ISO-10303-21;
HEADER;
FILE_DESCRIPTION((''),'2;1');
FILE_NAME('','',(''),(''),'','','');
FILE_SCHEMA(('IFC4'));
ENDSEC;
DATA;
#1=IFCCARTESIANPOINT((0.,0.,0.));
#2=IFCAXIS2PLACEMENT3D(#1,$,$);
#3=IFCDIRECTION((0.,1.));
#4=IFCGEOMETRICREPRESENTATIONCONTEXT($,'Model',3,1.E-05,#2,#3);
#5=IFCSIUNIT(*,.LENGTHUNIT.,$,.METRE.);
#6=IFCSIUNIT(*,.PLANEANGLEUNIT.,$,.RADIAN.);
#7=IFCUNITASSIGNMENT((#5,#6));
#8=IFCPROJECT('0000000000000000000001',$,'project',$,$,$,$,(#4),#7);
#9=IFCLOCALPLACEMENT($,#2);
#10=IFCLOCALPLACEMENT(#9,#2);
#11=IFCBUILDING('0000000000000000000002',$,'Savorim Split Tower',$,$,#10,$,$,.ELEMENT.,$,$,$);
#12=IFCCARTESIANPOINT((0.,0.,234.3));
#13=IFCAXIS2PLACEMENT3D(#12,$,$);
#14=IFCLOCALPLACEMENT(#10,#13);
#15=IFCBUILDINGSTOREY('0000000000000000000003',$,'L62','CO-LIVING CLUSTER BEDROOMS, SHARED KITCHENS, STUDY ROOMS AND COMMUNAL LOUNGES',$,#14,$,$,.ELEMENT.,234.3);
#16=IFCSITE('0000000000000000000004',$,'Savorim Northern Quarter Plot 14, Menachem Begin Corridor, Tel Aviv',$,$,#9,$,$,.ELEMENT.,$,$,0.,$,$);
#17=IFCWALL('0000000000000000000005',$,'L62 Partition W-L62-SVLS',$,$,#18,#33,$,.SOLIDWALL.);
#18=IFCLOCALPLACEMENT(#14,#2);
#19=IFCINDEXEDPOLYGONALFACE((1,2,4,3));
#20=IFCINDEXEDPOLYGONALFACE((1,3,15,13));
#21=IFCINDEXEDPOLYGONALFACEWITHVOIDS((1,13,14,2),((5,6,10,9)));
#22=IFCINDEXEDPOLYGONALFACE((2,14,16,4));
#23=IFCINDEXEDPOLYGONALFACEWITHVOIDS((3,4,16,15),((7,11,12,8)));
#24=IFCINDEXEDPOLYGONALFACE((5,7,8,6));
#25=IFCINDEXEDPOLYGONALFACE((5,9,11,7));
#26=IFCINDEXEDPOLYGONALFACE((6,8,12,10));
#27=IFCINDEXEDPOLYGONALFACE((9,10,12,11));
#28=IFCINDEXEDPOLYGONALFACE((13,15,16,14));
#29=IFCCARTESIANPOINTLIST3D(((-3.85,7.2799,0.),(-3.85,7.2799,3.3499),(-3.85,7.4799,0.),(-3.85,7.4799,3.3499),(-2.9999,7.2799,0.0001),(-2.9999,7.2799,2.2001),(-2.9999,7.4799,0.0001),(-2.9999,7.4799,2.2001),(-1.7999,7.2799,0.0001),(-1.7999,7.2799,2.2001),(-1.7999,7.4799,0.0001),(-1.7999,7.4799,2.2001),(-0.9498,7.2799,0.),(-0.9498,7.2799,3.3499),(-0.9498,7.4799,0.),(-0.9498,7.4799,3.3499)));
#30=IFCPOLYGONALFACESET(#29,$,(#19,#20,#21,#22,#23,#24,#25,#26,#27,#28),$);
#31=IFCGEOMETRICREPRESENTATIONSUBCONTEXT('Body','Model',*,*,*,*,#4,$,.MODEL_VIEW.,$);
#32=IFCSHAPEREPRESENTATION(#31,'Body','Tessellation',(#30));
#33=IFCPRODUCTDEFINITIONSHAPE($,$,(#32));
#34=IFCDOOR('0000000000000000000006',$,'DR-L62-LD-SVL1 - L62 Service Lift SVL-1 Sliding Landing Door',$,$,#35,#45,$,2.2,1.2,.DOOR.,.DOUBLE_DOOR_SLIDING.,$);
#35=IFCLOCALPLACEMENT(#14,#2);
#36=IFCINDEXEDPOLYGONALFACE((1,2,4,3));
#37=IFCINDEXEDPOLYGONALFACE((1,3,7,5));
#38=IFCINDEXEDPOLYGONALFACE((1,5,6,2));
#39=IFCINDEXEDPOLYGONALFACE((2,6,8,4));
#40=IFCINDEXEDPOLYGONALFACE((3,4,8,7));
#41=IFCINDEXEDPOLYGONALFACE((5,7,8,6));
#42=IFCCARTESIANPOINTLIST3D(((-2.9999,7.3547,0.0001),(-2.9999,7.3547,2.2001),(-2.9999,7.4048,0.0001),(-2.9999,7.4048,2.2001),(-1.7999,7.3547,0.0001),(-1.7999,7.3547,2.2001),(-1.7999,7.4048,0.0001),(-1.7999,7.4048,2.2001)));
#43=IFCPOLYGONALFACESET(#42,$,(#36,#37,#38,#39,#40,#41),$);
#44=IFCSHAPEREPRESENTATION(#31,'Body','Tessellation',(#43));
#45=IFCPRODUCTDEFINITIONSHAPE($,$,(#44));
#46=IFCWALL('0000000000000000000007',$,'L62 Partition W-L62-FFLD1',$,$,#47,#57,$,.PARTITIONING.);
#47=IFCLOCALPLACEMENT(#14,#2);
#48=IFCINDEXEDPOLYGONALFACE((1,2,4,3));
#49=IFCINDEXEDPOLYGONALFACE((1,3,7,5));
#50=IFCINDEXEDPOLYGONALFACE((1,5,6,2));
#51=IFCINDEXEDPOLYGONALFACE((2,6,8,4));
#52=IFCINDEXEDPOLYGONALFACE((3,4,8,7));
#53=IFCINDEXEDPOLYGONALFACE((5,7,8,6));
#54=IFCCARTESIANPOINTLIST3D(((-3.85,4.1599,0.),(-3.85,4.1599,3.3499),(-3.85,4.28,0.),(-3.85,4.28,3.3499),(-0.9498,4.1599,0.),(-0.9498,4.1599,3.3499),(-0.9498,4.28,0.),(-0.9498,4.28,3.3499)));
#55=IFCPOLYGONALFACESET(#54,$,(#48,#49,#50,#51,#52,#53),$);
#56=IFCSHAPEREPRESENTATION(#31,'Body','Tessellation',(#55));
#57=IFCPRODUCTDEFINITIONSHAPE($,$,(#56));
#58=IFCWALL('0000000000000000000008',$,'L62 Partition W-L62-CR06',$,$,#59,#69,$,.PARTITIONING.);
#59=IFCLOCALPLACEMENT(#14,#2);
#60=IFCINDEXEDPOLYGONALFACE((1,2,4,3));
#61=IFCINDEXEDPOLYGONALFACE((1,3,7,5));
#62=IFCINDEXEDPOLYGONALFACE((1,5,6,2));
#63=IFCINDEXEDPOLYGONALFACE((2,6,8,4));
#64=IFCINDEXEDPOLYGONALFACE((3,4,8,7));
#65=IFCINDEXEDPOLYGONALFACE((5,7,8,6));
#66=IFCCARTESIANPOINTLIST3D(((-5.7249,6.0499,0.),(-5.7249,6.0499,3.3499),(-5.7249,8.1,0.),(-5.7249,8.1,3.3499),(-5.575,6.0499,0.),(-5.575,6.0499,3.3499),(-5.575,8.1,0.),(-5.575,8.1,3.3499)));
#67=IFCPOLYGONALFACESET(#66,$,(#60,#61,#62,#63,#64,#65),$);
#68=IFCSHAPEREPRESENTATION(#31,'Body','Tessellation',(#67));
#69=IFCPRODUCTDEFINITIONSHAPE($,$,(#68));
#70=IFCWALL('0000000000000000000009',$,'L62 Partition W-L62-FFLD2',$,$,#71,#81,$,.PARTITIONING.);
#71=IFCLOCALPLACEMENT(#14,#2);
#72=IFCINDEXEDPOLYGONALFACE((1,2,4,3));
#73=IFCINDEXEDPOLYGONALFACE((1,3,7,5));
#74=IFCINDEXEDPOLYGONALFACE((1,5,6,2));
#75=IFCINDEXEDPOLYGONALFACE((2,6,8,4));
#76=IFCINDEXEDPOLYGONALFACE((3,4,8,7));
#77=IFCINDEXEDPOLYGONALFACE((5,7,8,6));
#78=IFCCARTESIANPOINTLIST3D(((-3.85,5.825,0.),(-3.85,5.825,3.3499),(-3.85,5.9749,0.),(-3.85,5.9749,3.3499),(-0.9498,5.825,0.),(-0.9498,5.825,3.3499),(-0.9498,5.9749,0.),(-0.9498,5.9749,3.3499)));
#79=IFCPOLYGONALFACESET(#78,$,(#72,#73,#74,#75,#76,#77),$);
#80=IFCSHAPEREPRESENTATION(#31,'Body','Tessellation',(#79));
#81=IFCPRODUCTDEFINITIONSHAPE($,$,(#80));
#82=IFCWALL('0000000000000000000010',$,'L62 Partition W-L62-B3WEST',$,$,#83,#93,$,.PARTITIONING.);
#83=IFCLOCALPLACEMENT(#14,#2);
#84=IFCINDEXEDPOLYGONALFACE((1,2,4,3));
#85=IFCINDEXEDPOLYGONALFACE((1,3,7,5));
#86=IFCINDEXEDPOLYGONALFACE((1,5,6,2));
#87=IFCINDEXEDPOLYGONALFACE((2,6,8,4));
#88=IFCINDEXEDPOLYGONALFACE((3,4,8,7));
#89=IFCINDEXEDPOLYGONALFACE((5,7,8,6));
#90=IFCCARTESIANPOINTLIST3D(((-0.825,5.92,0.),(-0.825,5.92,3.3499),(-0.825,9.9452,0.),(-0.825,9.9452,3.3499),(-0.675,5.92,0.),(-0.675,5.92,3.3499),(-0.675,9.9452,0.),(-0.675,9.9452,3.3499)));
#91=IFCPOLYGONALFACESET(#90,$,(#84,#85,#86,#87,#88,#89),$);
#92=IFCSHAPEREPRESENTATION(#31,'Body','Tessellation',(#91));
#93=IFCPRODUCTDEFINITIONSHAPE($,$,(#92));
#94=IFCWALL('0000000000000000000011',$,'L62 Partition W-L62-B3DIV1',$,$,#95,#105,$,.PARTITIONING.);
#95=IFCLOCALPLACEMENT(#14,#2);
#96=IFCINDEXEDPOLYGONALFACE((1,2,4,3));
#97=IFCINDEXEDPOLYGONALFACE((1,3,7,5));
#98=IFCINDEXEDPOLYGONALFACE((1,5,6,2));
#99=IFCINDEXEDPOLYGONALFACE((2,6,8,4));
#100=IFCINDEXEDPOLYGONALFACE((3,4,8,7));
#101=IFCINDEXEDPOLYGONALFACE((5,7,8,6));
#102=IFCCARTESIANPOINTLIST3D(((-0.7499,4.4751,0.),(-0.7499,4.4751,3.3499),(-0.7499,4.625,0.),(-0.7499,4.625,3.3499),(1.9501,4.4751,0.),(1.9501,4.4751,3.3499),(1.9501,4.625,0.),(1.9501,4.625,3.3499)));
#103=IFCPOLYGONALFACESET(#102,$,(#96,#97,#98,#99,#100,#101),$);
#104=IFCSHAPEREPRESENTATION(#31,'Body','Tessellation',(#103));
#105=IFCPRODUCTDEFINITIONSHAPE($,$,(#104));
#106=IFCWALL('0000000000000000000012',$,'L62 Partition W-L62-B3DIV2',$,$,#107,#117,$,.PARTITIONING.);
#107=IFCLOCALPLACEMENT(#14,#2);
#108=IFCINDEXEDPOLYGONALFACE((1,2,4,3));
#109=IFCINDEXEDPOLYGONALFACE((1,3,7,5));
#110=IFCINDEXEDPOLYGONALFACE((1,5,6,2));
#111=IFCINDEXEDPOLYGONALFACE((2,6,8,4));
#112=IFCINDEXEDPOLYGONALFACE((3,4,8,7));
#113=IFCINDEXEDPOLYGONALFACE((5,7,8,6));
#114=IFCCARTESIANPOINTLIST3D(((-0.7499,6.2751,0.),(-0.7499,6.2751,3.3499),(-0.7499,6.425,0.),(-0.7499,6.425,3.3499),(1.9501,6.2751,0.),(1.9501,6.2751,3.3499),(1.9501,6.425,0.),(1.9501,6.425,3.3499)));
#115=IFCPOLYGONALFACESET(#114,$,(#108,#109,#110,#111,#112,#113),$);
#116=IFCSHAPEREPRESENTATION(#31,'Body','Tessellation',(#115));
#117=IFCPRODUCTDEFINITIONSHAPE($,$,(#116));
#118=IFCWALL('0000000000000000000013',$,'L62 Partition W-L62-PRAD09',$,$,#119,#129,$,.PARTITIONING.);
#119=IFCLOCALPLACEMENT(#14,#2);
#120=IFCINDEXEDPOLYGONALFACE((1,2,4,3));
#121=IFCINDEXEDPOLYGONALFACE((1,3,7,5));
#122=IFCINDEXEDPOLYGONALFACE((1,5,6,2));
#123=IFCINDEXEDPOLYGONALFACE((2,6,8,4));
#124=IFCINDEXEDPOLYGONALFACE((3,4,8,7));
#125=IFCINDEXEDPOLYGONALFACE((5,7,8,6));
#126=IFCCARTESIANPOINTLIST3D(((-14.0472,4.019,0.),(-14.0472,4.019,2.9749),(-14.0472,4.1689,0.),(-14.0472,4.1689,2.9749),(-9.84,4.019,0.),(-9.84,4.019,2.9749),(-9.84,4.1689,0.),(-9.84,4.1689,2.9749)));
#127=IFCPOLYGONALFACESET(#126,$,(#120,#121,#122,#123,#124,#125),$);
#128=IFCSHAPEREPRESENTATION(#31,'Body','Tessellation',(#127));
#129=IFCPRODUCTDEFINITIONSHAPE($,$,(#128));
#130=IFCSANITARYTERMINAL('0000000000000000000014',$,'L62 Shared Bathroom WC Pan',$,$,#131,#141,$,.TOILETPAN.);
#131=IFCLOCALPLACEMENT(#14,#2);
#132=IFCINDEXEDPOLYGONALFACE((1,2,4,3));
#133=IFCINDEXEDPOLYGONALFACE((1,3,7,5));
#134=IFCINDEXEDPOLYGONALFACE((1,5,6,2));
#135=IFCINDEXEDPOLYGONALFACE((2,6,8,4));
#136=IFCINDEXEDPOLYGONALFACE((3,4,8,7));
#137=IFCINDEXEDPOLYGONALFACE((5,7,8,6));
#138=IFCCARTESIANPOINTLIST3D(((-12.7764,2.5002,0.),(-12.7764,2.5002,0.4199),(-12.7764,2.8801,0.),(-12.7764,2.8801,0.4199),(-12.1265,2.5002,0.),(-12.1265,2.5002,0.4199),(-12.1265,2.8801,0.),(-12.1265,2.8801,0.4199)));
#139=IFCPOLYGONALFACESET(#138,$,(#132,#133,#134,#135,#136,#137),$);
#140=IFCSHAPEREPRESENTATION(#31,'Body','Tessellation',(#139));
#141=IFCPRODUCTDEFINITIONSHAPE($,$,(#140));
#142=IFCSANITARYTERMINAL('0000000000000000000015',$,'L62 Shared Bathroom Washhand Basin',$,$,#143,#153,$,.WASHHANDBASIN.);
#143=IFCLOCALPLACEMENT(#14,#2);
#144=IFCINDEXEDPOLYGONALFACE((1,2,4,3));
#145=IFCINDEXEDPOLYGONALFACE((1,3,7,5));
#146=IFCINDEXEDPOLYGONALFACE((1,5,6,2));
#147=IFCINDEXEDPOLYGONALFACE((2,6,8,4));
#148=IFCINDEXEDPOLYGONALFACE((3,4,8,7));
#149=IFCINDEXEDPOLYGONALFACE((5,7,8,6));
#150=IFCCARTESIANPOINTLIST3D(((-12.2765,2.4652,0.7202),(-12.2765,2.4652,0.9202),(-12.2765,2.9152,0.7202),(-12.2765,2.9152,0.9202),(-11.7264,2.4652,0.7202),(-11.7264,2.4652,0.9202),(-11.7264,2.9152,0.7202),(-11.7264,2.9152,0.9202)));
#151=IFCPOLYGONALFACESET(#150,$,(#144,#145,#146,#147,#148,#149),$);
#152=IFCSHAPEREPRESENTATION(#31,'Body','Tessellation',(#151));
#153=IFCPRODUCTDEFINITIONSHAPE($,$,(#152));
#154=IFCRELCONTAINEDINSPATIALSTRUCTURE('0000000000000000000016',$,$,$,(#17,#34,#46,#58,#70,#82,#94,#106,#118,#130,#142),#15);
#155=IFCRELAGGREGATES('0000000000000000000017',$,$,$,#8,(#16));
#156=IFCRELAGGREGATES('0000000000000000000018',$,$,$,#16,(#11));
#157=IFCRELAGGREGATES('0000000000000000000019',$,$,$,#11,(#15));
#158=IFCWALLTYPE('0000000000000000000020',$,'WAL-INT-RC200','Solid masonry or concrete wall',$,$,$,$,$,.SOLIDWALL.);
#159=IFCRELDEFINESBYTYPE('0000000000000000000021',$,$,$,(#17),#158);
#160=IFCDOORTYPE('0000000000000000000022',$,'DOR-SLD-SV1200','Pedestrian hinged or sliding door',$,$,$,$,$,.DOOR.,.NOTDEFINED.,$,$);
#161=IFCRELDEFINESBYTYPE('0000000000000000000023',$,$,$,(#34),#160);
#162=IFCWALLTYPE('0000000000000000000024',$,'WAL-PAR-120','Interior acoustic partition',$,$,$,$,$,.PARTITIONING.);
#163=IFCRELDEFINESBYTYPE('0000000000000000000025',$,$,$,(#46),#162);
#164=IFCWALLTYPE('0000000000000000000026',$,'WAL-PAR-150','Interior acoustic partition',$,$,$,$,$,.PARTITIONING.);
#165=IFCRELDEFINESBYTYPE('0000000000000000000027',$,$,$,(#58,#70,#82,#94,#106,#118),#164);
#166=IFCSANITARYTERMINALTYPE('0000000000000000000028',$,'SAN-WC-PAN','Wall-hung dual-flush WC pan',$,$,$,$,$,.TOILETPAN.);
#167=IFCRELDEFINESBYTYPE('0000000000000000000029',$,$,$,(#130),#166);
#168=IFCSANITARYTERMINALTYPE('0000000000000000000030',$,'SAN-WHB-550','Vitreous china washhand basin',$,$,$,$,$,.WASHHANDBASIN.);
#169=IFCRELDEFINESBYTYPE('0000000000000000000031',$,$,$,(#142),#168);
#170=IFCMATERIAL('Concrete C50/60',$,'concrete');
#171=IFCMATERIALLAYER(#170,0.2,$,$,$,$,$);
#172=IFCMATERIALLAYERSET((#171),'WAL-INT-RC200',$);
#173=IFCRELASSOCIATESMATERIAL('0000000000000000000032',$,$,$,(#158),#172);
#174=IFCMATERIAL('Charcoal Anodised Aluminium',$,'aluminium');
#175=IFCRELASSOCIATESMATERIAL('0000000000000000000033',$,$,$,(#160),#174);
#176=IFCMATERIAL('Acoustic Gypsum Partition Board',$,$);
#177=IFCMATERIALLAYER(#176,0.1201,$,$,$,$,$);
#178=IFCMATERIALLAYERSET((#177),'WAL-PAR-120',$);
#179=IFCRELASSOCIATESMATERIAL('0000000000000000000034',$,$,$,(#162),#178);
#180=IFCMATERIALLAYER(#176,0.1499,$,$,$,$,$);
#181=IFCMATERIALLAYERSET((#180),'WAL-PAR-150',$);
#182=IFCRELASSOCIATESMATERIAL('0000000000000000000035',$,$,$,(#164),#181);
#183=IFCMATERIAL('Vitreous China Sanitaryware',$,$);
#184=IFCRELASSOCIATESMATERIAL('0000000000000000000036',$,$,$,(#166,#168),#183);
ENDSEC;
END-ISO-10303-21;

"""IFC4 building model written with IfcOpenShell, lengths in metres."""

from ifc_helpers import new_model, si_unit, direction, frame, frame_2d, origin, origin_2d, place, context, subcontext, project, spatial, rectangle, extrude, material, layer, layer_set, type_object, element, fill, save


model = new_model("IFC4")

# Units and contexts
model_context = context("Model", 3, precision=1e-05, world=origin(), true_north=direction((0.0, 1.0)))
body_context = subcontext(model_context, "Body", "Model", "MODEL_VIEW")
ifc_project = project(units=[si_unit("LENGTHUNIT", "METRE"), si_unit("PLANEANGLEUNIT", "RADIAN")], contexts=[model_context])

# Site, building, storey
site_placement = place(None, origin())
site = spatial("IfcSite", under=ifc_project, at=site_placement, Name="Savorim Northern Quarter Plot 14, Menachem Begin Corridor, Tel Aviv", CompositionType="ELEMENT", RefElevation=0.0)
building_placement = place(site_placement, origin())
building = spatial("IfcBuilding", under=site, at=building_placement, Name="Savorim Split Tower", CompositionType="ELEMENT")
storey_placement = place(building_placement, frame((0.0, 0.0, 234.3)))
storey = spatial("IfcBuildingStorey", under=building, at=storey_placement, Name="L62", Description="CO-LIVING CLUSTER BEDROOMS, SHARED KITCHENS, STUDY ROOMS AND COMMUNAL LOUNGES", CompositionType="ELEMENT", Elevation=234.3)

# Shared definitions
ifc_material_1 = material(Name="Charcoal Anodised Aluminium", Category="aluminium")

# Shared definitions
ifc_material_2 = material(Name="Concrete C50/60", Category="concrete")
ifc_layer_1 = layer(ifc_material_2, 0.2)
ifc_layer_set_1 = layer_set([ifc_layer_1], Name="WAL-INT-RC200")
wall_type_1 = type_object("IfcWallType", Name="WAL-INT-RC200", Description="Solid masonry or concrete wall", PredefinedType="SOLIDWALL", material=ifc_layer_set_1)

# Wall, opening, door
wall_1_placement = place(storey_placement, frame((-3.8501, 7.3799, 0.0), z_axis=(0.0, 0.0, 1.0), x_axis=(1.0, 0.0, 0.0)))
wall_1 = element("IfcWall", 1, at=wall_1_placement, inside=storey, type_object=wall_type_1, Name="L62 Partition W-L62-SVLS", PredefinedType="SOLIDWALL", context=body_context, shape_type="SweptSolid", body=[
    extrude(rectangle(XDim=2.9001, YDim=0.2, at=frame_2d((1.4502, 0.0))), origin(), (0.0, 0.0, 1.0), 3.3499),
])
opening_1_placement = place(wall_1_placement, frame((0.8501, 0.0, 0.0)))
opening_1 = element("IfcOpeningElement", 2, at=opening_1_placement, cuts=wall_1, PredefinedType="OPENING", context=body_context, shape_type="SweptSolid", body=[
    extrude(rectangle(XDim=1.2, YDim=2.2, at=frame_2d((0.6001, 1.1001))), frame((0.0, 0.1099, 0.0), z_axis=(0.0, -1.0, 0.0), x_axis=(1.0, 0.0, 0.0)), (0.0, 0.0, 1.0), 0.22),
])
door_type_1 = type_object("IfcDoorType", Name="DOR-SLD-SV1200", Description="Pedestrian hinged or sliding door", OperationType="NOTDEFINED", PredefinedType="DOOR", material=ifc_material_1)
door_1_placement = place(opening_1_placement, origin())
door_1 = element("IfcDoor", 3, at=door_1_placement, inside=storey, type_object=door_type_1, Name="DR-L62-LD-SVL1 - L62 Service Lift SVL-1 Sliding Landing Door", OperationType="DOUBLE_DOOR_SLIDING", OverallHeight=2.2, OverallWidth=1.2, PredefinedType="DOOR", context=body_context, shape_type="SweptSolid", body=[
    extrude(rectangle(XDim=1.2, YDim=2.2, at=frame_2d((0.6001, 1.1001))), frame((0.0, 0.0249, 0.0), z_axis=(0.0, -1.0, 0.0), x_axis=(1.0, 0.0, 0.0)), (0.0, 0.0, 1.0), 0.05),
])
fill(opening_1, door_1)

# Walls
ifc_material_3 = material(Name="Acoustic Gypsum Partition Board")
ifc_layer_2 = layer(ifc_material_3, 0.1201)
ifc_layer_set_2 = layer_set([ifc_layer_2], Name="WAL-PAR-120")
wall_type_2 = type_object("IfcWallType", Name="WAL-PAR-120", Description="Interior acoustic partition", PredefinedType="PARTITIONING", material=ifc_layer_set_2)
wall_2_placement = place(storey_placement, frame((-3.8501, 4.22, 0.0), z_axis=(0.0, 0.0, 1.0), x_axis=(1.0, 0.0, 0.0)))
element("IfcWall", 4, at=wall_2_placement, inside=storey, type_object=wall_type_2, Name="L62 Partition W-L62-FFLD1", PredefinedType="PARTITIONING", context=body_context, shape_type="SweptSolid", body=[
    extrude(rectangle(XDim=2.9001, YDim=0.1201, at=frame_2d((1.4502, 0.0))), origin(), (0.0, 0.0, 1.0), 3.3499),
])
ifc_layer_3 = layer(ifc_material_3, 0.1499)
ifc_layer_set_3 = layer_set([ifc_layer_3], Name="WAL-PAR-150")
wall_type_3 = type_object("IfcWallType", Name="WAL-PAR-150", Description="Interior acoustic partition", PredefinedType="PARTITIONING", material=ifc_layer_set_3)
wall_3_placement = place(storey_placement, frame((-5.6499, 6.05, 0.0), z_axis=(0.0, 0.0, 1.0), x_axis=(0.0, 1.0, 0.0)))
element("IfcWall", 5, at=wall_3_placement, inside=storey, type_object=wall_type_3, Name="L62 Partition W-L62-CR06", PredefinedType="PARTITIONING", context=body_context, shape_type="SweptSolid", body=[
    extrude(rectangle(XDim=2.05, YDim=0.1499, at=frame_2d((1.0249, 0.0))), origin(), (0.0, 0.0, 1.0), 3.3499),
])
wall_4_placement = place(storey_placement, frame((-3.8501, 5.8999, 0.0), z_axis=(0.0, 0.0, 1.0), x_axis=(1.0, 0.0, 0.0)))
element("IfcWall", 6, at=wall_4_placement, inside=storey, type_object=wall_type_3, Name="L62 Partition W-L62-FFLD2", PredefinedType="PARTITIONING", context=body_context, shape_type="SweptSolid", body=[
    extrude(rectangle(XDim=2.9001, YDim=0.1499, at=frame_2d((1.4502, 0.0))), origin(), (0.0, 0.0, 1.0), 3.3499),
])
wall_5_placement = place(storey_placement, frame((-0.75, 5.9199, 0.0), z_axis=(0.0, 0.0, 1.0), x_axis=(0.0, 1.0, 0.0)))
element("IfcWall", 7, at=wall_5_placement, inside=storey, type_object=wall_type_3, Name="L62 Partition W-L62-B3WEST", PredefinedType="PARTITIONING", context=body_context, shape_type="SweptSolid", body=[
    extrude(rectangle(XDim=4.0251, YDim=0.1499, at=frame_2d((2.0127, 0.0))), origin(), (0.0, 0.0, 1.0), 3.3499),
])
for number, where, z_axis, x_axis, name in (
    (8, (-0.75, 4.55, 0.0), (0.0, 0.0, 1.0), (1.0, 0.0, 0.0), "L62 Partition W-L62-B3DIV1"),
    (9, (-0.75, 6.3501, 0.0), (0.0, 0.0, 1.0), (1.0, 0.0, 0.0), "L62 Partition W-L62-B3DIV2"),
):
    element("IfcWall", number, at=place(storey_placement, frame(where, z_axis=z_axis, x_axis=x_axis)), inside=storey, type_object=wall_type_3, Name=name, PredefinedType="PARTITIONING", context=body_context, shape_type="SweptSolid", body=[
        extrude(rectangle(XDim=2.7, YDim=0.1499, at=frame_2d((1.3501, 0.0))), origin(), (0.0, 0.0, 1.0), 3.3499),
    ])
wall_6_placement = place(storey_placement, frame((-9.8401, 4.094, 0.0), z_axis=(0.0, 0.0, 1.0), x_axis=(-1.0, 0.0, 0.0)))
element("IfcWall", 10, at=wall_6_placement, inside=storey, type_object=wall_type_3, Name="L62 Partition W-L62-PRAD09", PredefinedType="PARTITIONING", context=body_context, shape_type="SweptSolid", body=[
    extrude(rectangle(XDim=4.2073, YDim=0.1499, at=frame_2d((2.1035, 0.0))), origin(), (0.0, 0.0, 1.0), 2.9749),
])

# Sanitary terminals
ifc_material_4 = material(Name="Vitreous China Sanitaryware")
sanitary_terminal_type_1 = type_object("IfcSanitaryTerminalType", Name="SAN-WC-PAN", Description="Wall-hung dual-flush WC pan", PredefinedType="TOILETPAN", material=ifc_material_4)
sanitary_terminal_1_placement = place(storey_placement, frame((-12.4514, 2.6902, 0.0), z_axis=(0.0, 0.0, 1.0), x_axis=(1.0, 0.0, 0.0)))
element("IfcSanitaryTerminal", 11, at=sanitary_terminal_1_placement, inside=storey, type_object=sanitary_terminal_type_1, Name="L62 Shared Bathroom WC Pan", PredefinedType="TOILETPAN", context=body_context, shape_type="SweptSolid", body=[
    extrude(rectangle(XDim=0.6499, YDim=0.3799, at=origin_2d()), origin(), (0.0, 0.0, 1.0), 0.4199),
])
sanitary_terminal_type_2 = type_object("IfcSanitaryTerminalType", Name="SAN-WHB-550", Description="Vitreous china washhand basin", PredefinedType="WASHHANDBASIN", material=ifc_material_4)
sanitary_terminal_2_placement = place(storey_placement, frame((-12.0015, 2.6902, 0.7202), z_axis=(0.0, 0.0, 1.0), x_axis=(1.0, 0.0, 0.0)))
element("IfcSanitaryTerminal", 12, at=sanitary_terminal_2_placement, inside=storey, type_object=sanitary_terminal_type_2, Name="L62 Shared Bathroom Washhand Basin", PredefinedType="WASHHANDBASIN", context=body_context, shape_type="SweptSolid", body=[
    extrude(rectangle(XDim=0.55, YDim=0.45, at=origin_2d()), origin(), (0.0, 0.0, 1.0), 0.2),
])

save(model, "model.ifc")
